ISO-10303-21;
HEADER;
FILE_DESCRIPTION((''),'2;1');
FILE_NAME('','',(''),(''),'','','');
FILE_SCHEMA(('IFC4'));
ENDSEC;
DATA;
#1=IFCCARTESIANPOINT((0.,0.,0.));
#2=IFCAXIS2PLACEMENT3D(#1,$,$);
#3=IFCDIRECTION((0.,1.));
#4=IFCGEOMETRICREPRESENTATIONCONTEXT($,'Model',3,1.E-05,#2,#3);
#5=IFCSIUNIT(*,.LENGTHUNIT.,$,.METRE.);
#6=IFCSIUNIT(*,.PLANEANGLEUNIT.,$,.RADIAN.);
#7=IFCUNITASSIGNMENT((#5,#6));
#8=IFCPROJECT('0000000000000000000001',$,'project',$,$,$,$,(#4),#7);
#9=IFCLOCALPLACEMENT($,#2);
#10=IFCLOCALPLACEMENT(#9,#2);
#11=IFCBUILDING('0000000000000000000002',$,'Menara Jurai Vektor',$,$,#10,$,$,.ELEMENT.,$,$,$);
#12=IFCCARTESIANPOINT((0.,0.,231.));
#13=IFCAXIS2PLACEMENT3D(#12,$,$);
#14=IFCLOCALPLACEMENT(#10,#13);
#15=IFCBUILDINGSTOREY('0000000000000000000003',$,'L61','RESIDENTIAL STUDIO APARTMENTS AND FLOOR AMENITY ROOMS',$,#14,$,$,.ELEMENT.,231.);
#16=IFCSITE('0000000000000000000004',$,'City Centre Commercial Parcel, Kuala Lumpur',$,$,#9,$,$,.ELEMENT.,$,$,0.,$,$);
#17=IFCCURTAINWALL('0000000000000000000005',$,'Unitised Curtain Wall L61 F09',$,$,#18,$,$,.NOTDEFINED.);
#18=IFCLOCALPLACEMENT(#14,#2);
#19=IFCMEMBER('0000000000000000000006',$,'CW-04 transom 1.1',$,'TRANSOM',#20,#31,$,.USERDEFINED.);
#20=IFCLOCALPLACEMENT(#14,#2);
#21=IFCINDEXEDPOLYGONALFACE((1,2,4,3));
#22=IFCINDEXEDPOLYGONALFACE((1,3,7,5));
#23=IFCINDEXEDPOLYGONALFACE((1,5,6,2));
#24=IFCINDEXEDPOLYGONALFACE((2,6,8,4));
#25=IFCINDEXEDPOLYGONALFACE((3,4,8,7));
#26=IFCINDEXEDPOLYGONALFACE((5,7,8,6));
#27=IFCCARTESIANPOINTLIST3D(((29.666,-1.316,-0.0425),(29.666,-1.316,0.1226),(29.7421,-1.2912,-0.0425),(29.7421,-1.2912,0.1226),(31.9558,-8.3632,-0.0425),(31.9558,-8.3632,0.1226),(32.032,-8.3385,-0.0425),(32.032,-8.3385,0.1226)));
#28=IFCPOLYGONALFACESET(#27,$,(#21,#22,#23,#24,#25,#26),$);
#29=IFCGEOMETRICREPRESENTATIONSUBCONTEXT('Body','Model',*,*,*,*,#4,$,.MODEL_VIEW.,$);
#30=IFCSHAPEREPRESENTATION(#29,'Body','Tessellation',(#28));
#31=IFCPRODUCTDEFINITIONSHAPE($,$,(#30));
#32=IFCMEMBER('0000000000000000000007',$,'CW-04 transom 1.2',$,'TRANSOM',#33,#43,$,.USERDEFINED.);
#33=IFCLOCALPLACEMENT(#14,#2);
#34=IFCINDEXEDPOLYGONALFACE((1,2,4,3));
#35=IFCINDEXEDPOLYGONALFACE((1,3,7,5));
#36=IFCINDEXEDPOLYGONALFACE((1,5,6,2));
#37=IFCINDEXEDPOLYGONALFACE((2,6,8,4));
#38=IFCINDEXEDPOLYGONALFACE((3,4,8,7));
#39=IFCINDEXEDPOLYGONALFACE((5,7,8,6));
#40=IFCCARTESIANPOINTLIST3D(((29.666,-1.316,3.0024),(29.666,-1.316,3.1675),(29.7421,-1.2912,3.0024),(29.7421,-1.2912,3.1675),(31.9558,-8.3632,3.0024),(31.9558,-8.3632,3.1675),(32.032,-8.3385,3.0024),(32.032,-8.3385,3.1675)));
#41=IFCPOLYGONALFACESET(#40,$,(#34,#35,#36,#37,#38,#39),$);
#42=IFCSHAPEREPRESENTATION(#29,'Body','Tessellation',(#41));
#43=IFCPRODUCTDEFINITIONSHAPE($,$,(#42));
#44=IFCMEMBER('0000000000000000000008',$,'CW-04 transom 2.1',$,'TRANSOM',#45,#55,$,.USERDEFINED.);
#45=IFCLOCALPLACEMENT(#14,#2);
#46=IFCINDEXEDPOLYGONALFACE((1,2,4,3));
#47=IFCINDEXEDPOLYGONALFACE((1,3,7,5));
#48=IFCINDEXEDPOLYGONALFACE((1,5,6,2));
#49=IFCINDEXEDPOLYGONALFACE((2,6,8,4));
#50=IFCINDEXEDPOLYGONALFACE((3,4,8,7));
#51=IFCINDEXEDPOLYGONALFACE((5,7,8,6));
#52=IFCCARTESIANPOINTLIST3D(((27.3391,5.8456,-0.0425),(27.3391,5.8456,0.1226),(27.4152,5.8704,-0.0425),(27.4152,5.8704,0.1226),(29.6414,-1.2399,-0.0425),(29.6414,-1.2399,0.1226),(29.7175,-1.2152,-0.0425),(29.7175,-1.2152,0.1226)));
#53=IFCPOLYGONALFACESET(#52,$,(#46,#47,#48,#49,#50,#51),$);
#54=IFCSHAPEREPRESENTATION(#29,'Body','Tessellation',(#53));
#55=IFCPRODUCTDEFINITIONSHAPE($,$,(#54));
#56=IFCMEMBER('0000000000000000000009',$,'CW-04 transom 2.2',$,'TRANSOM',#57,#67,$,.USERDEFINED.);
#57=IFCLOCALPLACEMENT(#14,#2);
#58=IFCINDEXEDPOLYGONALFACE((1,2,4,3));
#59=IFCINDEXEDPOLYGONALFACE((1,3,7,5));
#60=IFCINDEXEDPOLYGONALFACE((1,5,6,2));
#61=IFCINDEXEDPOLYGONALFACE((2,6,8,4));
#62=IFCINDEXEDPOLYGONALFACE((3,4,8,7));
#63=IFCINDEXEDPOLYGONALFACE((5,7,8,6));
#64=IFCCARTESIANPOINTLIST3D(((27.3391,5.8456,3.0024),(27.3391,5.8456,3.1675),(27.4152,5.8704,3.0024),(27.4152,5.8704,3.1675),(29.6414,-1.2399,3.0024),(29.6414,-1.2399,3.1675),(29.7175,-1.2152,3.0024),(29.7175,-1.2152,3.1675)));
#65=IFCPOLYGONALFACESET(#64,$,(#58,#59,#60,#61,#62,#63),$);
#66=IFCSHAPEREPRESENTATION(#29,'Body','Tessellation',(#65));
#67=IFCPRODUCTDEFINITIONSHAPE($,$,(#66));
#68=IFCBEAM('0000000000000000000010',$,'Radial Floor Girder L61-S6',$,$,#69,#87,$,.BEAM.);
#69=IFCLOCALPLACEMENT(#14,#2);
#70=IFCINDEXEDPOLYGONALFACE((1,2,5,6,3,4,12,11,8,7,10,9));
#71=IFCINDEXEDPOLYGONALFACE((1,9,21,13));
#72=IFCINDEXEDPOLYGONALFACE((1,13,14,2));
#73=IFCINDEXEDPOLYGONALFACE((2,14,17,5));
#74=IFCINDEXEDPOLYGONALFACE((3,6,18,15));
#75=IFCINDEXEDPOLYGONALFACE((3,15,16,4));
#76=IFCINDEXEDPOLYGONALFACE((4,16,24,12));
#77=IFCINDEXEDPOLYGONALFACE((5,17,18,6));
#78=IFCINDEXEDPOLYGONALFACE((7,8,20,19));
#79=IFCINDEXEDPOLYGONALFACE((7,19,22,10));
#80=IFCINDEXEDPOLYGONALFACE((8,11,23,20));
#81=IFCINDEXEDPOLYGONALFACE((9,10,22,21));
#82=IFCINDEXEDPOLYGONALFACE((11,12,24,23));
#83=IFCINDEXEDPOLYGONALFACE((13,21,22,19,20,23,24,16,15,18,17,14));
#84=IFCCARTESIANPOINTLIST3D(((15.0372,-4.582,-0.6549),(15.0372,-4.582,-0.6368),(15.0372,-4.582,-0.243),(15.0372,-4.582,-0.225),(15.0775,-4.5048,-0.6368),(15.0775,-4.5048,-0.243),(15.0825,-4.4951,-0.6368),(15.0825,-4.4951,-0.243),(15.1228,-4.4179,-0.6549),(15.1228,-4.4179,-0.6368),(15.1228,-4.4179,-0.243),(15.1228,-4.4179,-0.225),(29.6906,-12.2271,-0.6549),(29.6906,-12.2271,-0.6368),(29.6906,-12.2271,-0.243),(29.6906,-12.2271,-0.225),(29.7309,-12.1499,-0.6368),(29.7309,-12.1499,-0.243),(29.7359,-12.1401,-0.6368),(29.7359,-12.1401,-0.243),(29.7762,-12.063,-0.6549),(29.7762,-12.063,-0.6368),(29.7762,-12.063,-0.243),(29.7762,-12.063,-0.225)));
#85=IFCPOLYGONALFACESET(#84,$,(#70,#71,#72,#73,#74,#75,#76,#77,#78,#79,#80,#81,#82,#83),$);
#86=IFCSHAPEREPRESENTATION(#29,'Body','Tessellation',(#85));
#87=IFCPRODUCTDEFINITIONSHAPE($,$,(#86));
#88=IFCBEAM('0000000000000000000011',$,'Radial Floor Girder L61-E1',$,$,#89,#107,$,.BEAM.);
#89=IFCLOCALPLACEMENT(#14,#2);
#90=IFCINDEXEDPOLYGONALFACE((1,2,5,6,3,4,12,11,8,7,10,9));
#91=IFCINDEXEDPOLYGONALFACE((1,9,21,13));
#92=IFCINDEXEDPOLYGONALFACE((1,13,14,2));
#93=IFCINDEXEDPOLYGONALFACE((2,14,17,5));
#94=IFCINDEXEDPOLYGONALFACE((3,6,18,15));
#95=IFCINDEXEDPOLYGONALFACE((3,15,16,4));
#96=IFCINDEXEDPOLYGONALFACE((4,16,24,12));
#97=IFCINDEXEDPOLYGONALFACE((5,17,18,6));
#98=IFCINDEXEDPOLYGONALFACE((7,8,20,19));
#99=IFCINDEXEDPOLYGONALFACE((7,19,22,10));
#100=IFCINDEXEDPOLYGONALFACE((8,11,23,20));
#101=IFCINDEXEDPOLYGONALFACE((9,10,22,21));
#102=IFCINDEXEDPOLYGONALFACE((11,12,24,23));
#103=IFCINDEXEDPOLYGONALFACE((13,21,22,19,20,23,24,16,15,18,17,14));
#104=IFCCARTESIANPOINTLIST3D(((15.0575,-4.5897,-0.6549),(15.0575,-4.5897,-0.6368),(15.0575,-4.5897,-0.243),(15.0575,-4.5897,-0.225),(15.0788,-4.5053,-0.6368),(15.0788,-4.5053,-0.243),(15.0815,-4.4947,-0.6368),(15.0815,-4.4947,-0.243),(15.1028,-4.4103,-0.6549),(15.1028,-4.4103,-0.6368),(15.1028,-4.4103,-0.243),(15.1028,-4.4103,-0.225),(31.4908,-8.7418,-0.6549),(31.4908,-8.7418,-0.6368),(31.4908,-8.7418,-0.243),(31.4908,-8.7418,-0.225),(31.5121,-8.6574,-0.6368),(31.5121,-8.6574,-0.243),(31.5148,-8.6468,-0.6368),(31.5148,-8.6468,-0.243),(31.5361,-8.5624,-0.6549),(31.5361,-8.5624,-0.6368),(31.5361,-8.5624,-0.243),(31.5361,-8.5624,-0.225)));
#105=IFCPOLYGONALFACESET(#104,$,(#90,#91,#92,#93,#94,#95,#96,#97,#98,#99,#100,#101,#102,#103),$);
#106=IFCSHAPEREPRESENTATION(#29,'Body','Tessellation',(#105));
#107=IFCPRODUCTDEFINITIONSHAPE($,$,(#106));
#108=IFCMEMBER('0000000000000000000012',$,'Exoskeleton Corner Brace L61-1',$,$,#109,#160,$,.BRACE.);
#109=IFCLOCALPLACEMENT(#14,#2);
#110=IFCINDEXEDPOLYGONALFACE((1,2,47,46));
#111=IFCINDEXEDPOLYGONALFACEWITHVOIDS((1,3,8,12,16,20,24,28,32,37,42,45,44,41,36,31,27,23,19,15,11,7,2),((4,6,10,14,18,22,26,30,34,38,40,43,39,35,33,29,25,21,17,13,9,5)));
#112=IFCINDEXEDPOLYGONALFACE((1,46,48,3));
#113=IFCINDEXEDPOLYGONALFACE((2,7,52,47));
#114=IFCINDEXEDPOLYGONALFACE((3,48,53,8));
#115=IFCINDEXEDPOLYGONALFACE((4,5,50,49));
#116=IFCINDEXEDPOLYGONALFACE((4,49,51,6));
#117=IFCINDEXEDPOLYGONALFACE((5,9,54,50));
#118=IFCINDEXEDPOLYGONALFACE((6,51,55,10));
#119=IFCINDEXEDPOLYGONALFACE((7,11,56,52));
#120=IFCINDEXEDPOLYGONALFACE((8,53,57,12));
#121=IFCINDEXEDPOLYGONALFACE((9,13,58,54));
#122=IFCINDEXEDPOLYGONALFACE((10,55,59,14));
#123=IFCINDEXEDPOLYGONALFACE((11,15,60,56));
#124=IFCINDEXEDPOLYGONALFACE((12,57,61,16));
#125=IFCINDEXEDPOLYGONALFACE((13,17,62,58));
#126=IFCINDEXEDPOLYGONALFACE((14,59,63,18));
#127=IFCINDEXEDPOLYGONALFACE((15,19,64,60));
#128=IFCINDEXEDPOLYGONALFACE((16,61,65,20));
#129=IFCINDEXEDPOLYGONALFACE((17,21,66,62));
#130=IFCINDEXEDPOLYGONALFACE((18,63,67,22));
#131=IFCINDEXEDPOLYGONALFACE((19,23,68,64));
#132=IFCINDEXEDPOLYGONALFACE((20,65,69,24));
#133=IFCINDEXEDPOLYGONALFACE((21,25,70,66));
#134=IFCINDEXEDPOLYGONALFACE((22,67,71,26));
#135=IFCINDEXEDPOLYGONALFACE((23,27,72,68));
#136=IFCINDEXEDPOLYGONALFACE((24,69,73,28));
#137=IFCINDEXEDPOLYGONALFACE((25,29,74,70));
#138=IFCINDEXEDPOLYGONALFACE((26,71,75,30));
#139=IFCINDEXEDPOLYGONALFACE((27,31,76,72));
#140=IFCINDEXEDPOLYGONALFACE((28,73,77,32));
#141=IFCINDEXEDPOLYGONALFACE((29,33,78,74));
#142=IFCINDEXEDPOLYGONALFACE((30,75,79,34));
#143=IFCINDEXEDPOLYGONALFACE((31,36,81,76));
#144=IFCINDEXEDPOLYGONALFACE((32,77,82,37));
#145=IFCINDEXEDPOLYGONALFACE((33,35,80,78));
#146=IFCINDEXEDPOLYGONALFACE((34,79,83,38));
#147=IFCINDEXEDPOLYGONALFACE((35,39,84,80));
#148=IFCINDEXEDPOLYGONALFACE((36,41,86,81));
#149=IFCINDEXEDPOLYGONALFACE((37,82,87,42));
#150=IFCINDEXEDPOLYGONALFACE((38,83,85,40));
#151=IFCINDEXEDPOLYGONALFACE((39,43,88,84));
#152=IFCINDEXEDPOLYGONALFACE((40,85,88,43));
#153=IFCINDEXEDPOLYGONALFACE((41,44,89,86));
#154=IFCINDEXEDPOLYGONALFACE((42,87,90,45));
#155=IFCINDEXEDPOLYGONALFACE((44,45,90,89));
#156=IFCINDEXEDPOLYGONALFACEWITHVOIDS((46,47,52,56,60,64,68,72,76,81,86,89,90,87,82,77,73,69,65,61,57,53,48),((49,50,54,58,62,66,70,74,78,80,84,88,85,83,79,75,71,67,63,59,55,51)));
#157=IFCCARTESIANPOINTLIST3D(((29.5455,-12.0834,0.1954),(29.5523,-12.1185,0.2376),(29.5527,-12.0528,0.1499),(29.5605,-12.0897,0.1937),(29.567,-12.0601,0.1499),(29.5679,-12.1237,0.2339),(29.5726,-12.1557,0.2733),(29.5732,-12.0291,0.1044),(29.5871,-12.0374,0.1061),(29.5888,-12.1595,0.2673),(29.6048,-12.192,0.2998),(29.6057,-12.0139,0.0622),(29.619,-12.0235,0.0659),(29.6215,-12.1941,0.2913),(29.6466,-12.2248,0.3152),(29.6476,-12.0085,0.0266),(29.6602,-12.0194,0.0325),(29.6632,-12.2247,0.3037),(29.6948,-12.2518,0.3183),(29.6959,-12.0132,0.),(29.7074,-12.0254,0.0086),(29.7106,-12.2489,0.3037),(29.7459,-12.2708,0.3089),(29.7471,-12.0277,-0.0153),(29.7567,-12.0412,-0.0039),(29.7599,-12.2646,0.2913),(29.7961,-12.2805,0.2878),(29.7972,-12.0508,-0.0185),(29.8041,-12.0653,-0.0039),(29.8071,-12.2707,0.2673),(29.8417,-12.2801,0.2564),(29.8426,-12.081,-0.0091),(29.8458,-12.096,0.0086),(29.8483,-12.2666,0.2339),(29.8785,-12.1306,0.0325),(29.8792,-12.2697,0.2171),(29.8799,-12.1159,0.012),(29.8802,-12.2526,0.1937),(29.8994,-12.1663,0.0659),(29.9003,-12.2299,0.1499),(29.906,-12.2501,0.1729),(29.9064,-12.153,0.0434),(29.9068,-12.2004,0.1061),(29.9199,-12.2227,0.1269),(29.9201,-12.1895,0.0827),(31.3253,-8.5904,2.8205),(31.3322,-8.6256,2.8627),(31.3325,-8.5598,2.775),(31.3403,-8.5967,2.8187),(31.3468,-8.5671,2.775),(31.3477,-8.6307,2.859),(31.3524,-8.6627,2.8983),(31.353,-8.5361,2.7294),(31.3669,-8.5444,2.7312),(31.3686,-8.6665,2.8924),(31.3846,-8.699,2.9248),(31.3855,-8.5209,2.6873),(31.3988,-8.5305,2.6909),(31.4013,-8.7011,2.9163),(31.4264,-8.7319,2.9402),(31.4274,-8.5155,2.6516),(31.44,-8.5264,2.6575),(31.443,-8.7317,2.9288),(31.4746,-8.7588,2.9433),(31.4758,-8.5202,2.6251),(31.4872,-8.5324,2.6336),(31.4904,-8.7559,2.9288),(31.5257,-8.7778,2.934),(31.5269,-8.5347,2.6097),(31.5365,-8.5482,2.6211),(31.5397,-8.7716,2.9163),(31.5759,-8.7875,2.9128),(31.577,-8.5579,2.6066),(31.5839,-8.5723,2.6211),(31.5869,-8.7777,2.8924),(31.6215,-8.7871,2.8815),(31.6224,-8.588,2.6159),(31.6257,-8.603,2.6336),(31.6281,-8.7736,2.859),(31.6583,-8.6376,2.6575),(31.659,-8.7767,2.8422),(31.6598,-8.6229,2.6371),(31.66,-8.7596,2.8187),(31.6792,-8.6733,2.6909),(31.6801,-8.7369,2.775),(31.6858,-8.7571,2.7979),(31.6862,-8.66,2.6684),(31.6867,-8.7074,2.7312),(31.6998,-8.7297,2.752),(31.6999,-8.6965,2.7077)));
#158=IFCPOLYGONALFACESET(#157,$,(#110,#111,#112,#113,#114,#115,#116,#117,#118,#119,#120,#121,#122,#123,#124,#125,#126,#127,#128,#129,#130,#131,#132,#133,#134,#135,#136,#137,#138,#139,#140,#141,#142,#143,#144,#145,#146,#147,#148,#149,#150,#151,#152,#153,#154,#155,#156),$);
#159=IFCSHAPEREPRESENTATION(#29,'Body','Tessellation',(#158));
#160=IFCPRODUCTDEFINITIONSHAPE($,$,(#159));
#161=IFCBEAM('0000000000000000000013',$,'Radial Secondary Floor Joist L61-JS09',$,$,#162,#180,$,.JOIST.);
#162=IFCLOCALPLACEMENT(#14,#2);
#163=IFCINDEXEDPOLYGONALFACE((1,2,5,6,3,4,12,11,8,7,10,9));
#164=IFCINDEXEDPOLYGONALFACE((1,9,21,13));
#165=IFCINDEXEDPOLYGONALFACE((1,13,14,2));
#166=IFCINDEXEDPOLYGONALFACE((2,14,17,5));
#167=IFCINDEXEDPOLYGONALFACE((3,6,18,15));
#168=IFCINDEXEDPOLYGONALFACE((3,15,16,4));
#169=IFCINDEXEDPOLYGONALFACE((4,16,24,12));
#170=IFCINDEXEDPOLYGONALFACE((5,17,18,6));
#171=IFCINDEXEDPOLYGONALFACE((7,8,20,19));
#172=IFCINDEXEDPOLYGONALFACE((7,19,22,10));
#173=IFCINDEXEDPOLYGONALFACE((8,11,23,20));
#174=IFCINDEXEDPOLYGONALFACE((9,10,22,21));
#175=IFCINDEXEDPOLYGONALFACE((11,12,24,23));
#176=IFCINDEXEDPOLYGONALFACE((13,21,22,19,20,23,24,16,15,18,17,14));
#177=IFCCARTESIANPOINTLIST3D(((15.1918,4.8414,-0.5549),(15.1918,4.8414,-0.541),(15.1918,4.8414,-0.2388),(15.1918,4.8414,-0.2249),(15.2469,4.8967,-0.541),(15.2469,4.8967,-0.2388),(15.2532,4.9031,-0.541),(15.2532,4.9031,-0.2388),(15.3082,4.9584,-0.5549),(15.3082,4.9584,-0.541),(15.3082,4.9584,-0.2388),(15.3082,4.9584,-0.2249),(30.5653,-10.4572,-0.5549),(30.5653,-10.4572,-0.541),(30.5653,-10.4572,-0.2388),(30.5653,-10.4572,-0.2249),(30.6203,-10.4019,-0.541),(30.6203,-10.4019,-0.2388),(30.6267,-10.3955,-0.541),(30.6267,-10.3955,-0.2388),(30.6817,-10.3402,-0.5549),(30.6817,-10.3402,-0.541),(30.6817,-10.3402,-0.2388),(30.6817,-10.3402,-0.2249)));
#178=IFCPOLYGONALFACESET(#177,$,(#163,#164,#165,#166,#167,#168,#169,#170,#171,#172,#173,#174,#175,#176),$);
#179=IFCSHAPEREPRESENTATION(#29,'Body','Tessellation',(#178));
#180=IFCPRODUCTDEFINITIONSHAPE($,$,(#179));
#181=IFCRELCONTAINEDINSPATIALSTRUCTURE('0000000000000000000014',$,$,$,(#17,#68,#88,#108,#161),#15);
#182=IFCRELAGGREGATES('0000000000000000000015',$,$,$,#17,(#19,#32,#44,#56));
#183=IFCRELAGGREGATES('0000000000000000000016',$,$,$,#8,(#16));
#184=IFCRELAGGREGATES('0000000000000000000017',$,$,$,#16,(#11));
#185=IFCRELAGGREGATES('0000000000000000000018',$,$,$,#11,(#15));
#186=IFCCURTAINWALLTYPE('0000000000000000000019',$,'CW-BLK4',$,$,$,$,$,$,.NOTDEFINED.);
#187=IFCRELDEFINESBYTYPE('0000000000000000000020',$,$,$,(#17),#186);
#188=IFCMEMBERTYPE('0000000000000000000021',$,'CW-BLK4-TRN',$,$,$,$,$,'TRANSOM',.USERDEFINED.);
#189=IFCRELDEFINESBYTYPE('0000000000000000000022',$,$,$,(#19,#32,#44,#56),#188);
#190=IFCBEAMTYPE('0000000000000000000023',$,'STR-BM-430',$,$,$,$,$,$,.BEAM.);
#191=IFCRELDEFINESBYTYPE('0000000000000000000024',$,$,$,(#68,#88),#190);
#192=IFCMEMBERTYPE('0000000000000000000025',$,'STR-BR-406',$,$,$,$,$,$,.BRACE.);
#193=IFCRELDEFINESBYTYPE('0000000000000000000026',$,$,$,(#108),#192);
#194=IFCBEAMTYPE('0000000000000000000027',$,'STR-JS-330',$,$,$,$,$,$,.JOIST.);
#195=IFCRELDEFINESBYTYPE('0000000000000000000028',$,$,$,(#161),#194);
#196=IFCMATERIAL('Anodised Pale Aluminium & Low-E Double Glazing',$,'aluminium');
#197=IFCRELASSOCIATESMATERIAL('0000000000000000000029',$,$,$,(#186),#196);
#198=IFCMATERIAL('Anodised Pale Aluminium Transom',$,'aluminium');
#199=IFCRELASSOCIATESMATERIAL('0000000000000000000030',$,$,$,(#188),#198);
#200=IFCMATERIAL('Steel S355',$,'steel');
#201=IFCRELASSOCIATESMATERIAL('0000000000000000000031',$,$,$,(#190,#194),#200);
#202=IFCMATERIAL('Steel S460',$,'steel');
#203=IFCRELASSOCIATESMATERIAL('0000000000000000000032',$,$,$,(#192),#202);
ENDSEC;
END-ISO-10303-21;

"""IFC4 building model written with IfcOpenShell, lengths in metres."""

from ifc_helpers import new_model, si_unit, direction, frame, origin, origin_2d, place, context, subcontext, project, spatial, rectangle, hollow_circle, i_section, extrude, material, material_profile, profile_set, type_object, element, aggregate, save


model = new_model("IFC4")

# Units and contexts
model_context = context("Model", 3, precision=1e-05, world=origin(), true_north=direction((0.0, 1.0)))
body_context = subcontext(model_context, "Body", "Model", "MODEL_VIEW")
ifc_project = project(units=[si_unit("LENGTHUNIT", "METRE"), si_unit("PLANEANGLEUNIT", "RADIAN")], contexts=[model_context])

# Site, building, storey
site_placement = place(None, origin())
site = spatial("IfcSite", under=ifc_project, at=site_placement, Name="City Centre Commercial Parcel, Kuala Lumpur", CompositionType="ELEMENT", RefElevation=0.0)
building_placement = place(site_placement, origin())
building = spatial("IfcBuilding", under=site, at=building_placement, Name="Menara Jurai Vektor", CompositionType="ELEMENT")
storey_placement = place(building_placement, frame((0.0, 0.0, 231.0)))
storey = spatial("IfcBuildingStorey", under=building, at=storey_placement, Name="L61", Description="RESIDENTIAL STUDIO APARTMENTS AND FLOOR AMENITY ROOMS", CompositionType="ELEMENT", Elevation=231.0)

# Shared definitions
ifc_material_1 = material(Name="Steel S460", Category="steel")

# Shared definitions
ifc_material_2 = material(Name="Anodised Pale Aluminium & Low-E Double Glazing", Category="aluminium")
curtain_wall_type = type_object("IfcCurtainWallType", Name="CW-BLK4", PredefinedType="NOTDEFINED", material=ifc_material_2)

# Curtain wall
curtain_wall_1_placement = place(storey_placement, origin())
curtain_wall_1 = element("IfcCurtainWall", 1, at=curtain_wall_1_placement, inside=storey, type_object=curtain_wall_type, Name="Unitised Curtain Wall L61 F09", PredefinedType="NOTDEFINED")

# Members
ifc_material_3 = material(Name="Anodised Pale Aluminium Transom", Category="aluminium")
ifc_material_profile_1 = material_profile(ifc_material_3, rectangle(XDim=0.0801, YDim=0.165, at=origin_2d()), Name="ALU TRN 80x165")
ifc_profile_set_1 = profile_set([ifc_material_profile_1], Name="Anodised Pale Aluminium Transom")
member_type_1 = type_object("IfcMemberType", Name="CW-BLK4-TRN", ElementType="TRANSOM", PredefinedType="USERDEFINED", material=ifc_profile_set_1)
member_1_placement = place(storey_placement, frame((31.9939, -8.3508, 0.04), z_axis=(-0.309023, 0.951055, 0.0), x_axis=(-0.951055, -0.309023, 0.0)))
member_1 = element("IfcMember", 2, at=member_1_placement, type_object=member_type_1, Name="CW-04 transom 1.1", ObjectType="TRANSOM", PredefinedType="USERDEFINED", context=body_context, shape_type="SweptSolid", body=[
    extrude(rectangle(XDim=0.0801, YDim=0.165, at=origin_2d()), origin(), (0.0, 0.0, 1.0), 7.4099),
])
member_2_placement = place(storey_placement, frame((31.9939, -8.3508, 3.085), z_axis=(-0.309023, 0.951055, 0.0), x_axis=(-0.951055, -0.309023, 0.0)))
member_2 = element("IfcMember", 3, at=member_2_placement, type_object=member_type_1, Name="CW-04 transom 1.2", ObjectType="TRANSOM", PredefinedType="USERDEFINED", context=body_context, shape_type="SweptSolid", body=[
    extrude(rectangle(XDim=0.0801, YDim=0.165, at=origin_2d()), origin(), (0.0, 0.0, 1.0), 7.4099),
])
member_3_placement = place(storey_placement, frame((29.6794, -1.2275, 0.04), z_axis=(-0.309022, 0.951055, 0.0), x_axis=(-0.951055, -0.309022, 0.0)))
member_3 = element("IfcMember", 4, at=member_3_placement, type_object=member_type_1, Name="CW-04 transom 2.1", ObjectType="TRANSOM", PredefinedType="USERDEFINED", context=body_context, shape_type="SweptSolid", body=[
    extrude(rectangle(XDim=0.0801, YDim=0.165, at=origin_2d()), origin(), (0.0, 0.0, 1.0), 7.4502),
])
member_4_placement = place(storey_placement, frame((29.6794, -1.2275, 3.085), z_axis=(-0.309022, 0.951055, 0.0), x_axis=(-0.951055, -0.309022, 0.0)))
member_4 = element("IfcMember", 5, at=member_4_placement, type_object=member_type_1, Name="CW-04 transom 2.2", ObjectType="TRANSOM", PredefinedType="USERDEFINED", context=body_context, shape_type="SweptSolid", body=[
    extrude(rectangle(XDim=0.0801, YDim=0.165, at=origin_2d()), origin(), (0.0, 0.0, 1.0), 7.4502),
])

# Beams
ifc_material_4 = material(Name="Steel S355", Category="steel")
ifc_material_profile_2 = material_profile(ifc_material_4, i_section(OverallWidth=0.1851, OverallDepth=0.4299, WebThickness=0.011, FlangeThickness=0.0181, at=origin_2d()), Name="PG 430x185x76")
ifc_profile_set_2 = profile_set([ifc_material_profile_2], Name="Steel S355")
beam_type_1 = type_object("IfcBeamType", Name="STR-BM-430", PredefinedType="BEAM", material=ifc_profile_set_2)
beam_1_placement = place(storey_placement, frame((29.7334, -12.145, -0.4399), z_axis=(-0.88659, 0.462557, 0.0), x_axis=(-0.462557, -0.88659, 0.0)))
element("IfcBeam", 6, at=beam_1_placement, inside=storey, type_object=beam_type_1, Name="Radial Floor Girder L61-S6", PredefinedType="BEAM", context=body_context, shape_type="SweptSolid", body=[
    extrude(i_section(OverallWidth=0.1851, OverallDepth=0.4299, WebThickness=0.011, FlangeThickness=0.0181, at=origin_2d()), origin(), (0.0, 0.0, 1.0), 16.5278),
])
beam_2_placement = place(storey_placement, frame((31.5134, -8.6521, -0.4399), z_axis=(-0.969532, 0.244965, 0.0), x_axis=(-0.244965, -0.969532, 0.0)))
element("IfcBeam", 7, at=beam_2_placement, inside=storey, type_object=beam_type_1, Name="Radial Floor Girder L61-E1", PredefinedType="BEAM", context=body_context, shape_type="SweptSolid", body=[
    extrude(i_section(OverallWidth=0.1851, OverallDepth=0.4299, WebThickness=0.011, FlangeThickness=0.0181, at=origin_2d()), origin(), (0.0, 0.0, 1.0), 16.9497),
])

# Member
ifc_material_profile_3 = material_profile(ifc_material_1, hollow_circle(Radius=0.2031, WallThickness=0.0161, at=origin_2d()), Name="CHS 406.4x16")
ifc_profile_set_3 = profile_set([ifc_material_profile_3], Name="Steel S460")
member_type_2 = type_object("IfcMemberType", Name="STR-BR-406", PredefinedType="BRACE", material=ifc_profile_set_3)
member_5_placement = place(storey_placement, frame((29.7336, -12.145, 0.1499), z_axis=(0.37724, 0.740352, 0.556389), x_axis=(-0.891001, 0.454001, 0.0)))
element("IfcMember", 8, at=member_5_placement, inside=storey, type_object=member_type_2, Name="Exoskeleton Corner Brace L61-1", PredefinedType="BRACE", context=body_context, shape_type="SweptSolid", body=[
    extrude(hollow_circle(Radius=0.2031, WallThickness=0.0161, at=origin_2d()), origin(), (0.0, 0.0, 1.0), 4.718),
])

# Beam
ifc_material_profile_4 = material_profile(ifc_material_4, i_section(OverallWidth=0.165, OverallDepth=0.3301, WebThickness=0.009, FlangeThickness=0.0139, at=origin_2d()), Name="PG 330x165x46")
ifc_profile_set_4 = profile_set([ifc_material_profile_4], Name="Steel S355")
beam_type_2 = type_object("IfcBeamType", Name="STR-JS-330", PredefinedType="JOIST", material=ifc_profile_set_4)
beam_3_placement = place(storey_placement, frame((30.6235, -10.3987, -0.3899), z_axis=(-0.708833, 0.705377, 0.0), x_axis=(-0.705377, -0.708833, 0.0)))
element("IfcBeam", 9, at=beam_3_placement, inside=storey, type_object=beam_type_2, Name="Radial Secondary Floor Joist L61-JS09", PredefinedType="JOIST", context=body_context, shape_type="SweptSolid", body=[
    extrude(i_section(OverallWidth=0.165, OverallDepth=0.3301, WebThickness=0.009, FlangeThickness=0.0139, at=origin_2d()), origin(), (0.0, 0.0, 1.0), 21.6885),
])

aggregate(curtain_wall_1, [member_1, member_2, member_3, member_4])

save(model, "model.ifc")
